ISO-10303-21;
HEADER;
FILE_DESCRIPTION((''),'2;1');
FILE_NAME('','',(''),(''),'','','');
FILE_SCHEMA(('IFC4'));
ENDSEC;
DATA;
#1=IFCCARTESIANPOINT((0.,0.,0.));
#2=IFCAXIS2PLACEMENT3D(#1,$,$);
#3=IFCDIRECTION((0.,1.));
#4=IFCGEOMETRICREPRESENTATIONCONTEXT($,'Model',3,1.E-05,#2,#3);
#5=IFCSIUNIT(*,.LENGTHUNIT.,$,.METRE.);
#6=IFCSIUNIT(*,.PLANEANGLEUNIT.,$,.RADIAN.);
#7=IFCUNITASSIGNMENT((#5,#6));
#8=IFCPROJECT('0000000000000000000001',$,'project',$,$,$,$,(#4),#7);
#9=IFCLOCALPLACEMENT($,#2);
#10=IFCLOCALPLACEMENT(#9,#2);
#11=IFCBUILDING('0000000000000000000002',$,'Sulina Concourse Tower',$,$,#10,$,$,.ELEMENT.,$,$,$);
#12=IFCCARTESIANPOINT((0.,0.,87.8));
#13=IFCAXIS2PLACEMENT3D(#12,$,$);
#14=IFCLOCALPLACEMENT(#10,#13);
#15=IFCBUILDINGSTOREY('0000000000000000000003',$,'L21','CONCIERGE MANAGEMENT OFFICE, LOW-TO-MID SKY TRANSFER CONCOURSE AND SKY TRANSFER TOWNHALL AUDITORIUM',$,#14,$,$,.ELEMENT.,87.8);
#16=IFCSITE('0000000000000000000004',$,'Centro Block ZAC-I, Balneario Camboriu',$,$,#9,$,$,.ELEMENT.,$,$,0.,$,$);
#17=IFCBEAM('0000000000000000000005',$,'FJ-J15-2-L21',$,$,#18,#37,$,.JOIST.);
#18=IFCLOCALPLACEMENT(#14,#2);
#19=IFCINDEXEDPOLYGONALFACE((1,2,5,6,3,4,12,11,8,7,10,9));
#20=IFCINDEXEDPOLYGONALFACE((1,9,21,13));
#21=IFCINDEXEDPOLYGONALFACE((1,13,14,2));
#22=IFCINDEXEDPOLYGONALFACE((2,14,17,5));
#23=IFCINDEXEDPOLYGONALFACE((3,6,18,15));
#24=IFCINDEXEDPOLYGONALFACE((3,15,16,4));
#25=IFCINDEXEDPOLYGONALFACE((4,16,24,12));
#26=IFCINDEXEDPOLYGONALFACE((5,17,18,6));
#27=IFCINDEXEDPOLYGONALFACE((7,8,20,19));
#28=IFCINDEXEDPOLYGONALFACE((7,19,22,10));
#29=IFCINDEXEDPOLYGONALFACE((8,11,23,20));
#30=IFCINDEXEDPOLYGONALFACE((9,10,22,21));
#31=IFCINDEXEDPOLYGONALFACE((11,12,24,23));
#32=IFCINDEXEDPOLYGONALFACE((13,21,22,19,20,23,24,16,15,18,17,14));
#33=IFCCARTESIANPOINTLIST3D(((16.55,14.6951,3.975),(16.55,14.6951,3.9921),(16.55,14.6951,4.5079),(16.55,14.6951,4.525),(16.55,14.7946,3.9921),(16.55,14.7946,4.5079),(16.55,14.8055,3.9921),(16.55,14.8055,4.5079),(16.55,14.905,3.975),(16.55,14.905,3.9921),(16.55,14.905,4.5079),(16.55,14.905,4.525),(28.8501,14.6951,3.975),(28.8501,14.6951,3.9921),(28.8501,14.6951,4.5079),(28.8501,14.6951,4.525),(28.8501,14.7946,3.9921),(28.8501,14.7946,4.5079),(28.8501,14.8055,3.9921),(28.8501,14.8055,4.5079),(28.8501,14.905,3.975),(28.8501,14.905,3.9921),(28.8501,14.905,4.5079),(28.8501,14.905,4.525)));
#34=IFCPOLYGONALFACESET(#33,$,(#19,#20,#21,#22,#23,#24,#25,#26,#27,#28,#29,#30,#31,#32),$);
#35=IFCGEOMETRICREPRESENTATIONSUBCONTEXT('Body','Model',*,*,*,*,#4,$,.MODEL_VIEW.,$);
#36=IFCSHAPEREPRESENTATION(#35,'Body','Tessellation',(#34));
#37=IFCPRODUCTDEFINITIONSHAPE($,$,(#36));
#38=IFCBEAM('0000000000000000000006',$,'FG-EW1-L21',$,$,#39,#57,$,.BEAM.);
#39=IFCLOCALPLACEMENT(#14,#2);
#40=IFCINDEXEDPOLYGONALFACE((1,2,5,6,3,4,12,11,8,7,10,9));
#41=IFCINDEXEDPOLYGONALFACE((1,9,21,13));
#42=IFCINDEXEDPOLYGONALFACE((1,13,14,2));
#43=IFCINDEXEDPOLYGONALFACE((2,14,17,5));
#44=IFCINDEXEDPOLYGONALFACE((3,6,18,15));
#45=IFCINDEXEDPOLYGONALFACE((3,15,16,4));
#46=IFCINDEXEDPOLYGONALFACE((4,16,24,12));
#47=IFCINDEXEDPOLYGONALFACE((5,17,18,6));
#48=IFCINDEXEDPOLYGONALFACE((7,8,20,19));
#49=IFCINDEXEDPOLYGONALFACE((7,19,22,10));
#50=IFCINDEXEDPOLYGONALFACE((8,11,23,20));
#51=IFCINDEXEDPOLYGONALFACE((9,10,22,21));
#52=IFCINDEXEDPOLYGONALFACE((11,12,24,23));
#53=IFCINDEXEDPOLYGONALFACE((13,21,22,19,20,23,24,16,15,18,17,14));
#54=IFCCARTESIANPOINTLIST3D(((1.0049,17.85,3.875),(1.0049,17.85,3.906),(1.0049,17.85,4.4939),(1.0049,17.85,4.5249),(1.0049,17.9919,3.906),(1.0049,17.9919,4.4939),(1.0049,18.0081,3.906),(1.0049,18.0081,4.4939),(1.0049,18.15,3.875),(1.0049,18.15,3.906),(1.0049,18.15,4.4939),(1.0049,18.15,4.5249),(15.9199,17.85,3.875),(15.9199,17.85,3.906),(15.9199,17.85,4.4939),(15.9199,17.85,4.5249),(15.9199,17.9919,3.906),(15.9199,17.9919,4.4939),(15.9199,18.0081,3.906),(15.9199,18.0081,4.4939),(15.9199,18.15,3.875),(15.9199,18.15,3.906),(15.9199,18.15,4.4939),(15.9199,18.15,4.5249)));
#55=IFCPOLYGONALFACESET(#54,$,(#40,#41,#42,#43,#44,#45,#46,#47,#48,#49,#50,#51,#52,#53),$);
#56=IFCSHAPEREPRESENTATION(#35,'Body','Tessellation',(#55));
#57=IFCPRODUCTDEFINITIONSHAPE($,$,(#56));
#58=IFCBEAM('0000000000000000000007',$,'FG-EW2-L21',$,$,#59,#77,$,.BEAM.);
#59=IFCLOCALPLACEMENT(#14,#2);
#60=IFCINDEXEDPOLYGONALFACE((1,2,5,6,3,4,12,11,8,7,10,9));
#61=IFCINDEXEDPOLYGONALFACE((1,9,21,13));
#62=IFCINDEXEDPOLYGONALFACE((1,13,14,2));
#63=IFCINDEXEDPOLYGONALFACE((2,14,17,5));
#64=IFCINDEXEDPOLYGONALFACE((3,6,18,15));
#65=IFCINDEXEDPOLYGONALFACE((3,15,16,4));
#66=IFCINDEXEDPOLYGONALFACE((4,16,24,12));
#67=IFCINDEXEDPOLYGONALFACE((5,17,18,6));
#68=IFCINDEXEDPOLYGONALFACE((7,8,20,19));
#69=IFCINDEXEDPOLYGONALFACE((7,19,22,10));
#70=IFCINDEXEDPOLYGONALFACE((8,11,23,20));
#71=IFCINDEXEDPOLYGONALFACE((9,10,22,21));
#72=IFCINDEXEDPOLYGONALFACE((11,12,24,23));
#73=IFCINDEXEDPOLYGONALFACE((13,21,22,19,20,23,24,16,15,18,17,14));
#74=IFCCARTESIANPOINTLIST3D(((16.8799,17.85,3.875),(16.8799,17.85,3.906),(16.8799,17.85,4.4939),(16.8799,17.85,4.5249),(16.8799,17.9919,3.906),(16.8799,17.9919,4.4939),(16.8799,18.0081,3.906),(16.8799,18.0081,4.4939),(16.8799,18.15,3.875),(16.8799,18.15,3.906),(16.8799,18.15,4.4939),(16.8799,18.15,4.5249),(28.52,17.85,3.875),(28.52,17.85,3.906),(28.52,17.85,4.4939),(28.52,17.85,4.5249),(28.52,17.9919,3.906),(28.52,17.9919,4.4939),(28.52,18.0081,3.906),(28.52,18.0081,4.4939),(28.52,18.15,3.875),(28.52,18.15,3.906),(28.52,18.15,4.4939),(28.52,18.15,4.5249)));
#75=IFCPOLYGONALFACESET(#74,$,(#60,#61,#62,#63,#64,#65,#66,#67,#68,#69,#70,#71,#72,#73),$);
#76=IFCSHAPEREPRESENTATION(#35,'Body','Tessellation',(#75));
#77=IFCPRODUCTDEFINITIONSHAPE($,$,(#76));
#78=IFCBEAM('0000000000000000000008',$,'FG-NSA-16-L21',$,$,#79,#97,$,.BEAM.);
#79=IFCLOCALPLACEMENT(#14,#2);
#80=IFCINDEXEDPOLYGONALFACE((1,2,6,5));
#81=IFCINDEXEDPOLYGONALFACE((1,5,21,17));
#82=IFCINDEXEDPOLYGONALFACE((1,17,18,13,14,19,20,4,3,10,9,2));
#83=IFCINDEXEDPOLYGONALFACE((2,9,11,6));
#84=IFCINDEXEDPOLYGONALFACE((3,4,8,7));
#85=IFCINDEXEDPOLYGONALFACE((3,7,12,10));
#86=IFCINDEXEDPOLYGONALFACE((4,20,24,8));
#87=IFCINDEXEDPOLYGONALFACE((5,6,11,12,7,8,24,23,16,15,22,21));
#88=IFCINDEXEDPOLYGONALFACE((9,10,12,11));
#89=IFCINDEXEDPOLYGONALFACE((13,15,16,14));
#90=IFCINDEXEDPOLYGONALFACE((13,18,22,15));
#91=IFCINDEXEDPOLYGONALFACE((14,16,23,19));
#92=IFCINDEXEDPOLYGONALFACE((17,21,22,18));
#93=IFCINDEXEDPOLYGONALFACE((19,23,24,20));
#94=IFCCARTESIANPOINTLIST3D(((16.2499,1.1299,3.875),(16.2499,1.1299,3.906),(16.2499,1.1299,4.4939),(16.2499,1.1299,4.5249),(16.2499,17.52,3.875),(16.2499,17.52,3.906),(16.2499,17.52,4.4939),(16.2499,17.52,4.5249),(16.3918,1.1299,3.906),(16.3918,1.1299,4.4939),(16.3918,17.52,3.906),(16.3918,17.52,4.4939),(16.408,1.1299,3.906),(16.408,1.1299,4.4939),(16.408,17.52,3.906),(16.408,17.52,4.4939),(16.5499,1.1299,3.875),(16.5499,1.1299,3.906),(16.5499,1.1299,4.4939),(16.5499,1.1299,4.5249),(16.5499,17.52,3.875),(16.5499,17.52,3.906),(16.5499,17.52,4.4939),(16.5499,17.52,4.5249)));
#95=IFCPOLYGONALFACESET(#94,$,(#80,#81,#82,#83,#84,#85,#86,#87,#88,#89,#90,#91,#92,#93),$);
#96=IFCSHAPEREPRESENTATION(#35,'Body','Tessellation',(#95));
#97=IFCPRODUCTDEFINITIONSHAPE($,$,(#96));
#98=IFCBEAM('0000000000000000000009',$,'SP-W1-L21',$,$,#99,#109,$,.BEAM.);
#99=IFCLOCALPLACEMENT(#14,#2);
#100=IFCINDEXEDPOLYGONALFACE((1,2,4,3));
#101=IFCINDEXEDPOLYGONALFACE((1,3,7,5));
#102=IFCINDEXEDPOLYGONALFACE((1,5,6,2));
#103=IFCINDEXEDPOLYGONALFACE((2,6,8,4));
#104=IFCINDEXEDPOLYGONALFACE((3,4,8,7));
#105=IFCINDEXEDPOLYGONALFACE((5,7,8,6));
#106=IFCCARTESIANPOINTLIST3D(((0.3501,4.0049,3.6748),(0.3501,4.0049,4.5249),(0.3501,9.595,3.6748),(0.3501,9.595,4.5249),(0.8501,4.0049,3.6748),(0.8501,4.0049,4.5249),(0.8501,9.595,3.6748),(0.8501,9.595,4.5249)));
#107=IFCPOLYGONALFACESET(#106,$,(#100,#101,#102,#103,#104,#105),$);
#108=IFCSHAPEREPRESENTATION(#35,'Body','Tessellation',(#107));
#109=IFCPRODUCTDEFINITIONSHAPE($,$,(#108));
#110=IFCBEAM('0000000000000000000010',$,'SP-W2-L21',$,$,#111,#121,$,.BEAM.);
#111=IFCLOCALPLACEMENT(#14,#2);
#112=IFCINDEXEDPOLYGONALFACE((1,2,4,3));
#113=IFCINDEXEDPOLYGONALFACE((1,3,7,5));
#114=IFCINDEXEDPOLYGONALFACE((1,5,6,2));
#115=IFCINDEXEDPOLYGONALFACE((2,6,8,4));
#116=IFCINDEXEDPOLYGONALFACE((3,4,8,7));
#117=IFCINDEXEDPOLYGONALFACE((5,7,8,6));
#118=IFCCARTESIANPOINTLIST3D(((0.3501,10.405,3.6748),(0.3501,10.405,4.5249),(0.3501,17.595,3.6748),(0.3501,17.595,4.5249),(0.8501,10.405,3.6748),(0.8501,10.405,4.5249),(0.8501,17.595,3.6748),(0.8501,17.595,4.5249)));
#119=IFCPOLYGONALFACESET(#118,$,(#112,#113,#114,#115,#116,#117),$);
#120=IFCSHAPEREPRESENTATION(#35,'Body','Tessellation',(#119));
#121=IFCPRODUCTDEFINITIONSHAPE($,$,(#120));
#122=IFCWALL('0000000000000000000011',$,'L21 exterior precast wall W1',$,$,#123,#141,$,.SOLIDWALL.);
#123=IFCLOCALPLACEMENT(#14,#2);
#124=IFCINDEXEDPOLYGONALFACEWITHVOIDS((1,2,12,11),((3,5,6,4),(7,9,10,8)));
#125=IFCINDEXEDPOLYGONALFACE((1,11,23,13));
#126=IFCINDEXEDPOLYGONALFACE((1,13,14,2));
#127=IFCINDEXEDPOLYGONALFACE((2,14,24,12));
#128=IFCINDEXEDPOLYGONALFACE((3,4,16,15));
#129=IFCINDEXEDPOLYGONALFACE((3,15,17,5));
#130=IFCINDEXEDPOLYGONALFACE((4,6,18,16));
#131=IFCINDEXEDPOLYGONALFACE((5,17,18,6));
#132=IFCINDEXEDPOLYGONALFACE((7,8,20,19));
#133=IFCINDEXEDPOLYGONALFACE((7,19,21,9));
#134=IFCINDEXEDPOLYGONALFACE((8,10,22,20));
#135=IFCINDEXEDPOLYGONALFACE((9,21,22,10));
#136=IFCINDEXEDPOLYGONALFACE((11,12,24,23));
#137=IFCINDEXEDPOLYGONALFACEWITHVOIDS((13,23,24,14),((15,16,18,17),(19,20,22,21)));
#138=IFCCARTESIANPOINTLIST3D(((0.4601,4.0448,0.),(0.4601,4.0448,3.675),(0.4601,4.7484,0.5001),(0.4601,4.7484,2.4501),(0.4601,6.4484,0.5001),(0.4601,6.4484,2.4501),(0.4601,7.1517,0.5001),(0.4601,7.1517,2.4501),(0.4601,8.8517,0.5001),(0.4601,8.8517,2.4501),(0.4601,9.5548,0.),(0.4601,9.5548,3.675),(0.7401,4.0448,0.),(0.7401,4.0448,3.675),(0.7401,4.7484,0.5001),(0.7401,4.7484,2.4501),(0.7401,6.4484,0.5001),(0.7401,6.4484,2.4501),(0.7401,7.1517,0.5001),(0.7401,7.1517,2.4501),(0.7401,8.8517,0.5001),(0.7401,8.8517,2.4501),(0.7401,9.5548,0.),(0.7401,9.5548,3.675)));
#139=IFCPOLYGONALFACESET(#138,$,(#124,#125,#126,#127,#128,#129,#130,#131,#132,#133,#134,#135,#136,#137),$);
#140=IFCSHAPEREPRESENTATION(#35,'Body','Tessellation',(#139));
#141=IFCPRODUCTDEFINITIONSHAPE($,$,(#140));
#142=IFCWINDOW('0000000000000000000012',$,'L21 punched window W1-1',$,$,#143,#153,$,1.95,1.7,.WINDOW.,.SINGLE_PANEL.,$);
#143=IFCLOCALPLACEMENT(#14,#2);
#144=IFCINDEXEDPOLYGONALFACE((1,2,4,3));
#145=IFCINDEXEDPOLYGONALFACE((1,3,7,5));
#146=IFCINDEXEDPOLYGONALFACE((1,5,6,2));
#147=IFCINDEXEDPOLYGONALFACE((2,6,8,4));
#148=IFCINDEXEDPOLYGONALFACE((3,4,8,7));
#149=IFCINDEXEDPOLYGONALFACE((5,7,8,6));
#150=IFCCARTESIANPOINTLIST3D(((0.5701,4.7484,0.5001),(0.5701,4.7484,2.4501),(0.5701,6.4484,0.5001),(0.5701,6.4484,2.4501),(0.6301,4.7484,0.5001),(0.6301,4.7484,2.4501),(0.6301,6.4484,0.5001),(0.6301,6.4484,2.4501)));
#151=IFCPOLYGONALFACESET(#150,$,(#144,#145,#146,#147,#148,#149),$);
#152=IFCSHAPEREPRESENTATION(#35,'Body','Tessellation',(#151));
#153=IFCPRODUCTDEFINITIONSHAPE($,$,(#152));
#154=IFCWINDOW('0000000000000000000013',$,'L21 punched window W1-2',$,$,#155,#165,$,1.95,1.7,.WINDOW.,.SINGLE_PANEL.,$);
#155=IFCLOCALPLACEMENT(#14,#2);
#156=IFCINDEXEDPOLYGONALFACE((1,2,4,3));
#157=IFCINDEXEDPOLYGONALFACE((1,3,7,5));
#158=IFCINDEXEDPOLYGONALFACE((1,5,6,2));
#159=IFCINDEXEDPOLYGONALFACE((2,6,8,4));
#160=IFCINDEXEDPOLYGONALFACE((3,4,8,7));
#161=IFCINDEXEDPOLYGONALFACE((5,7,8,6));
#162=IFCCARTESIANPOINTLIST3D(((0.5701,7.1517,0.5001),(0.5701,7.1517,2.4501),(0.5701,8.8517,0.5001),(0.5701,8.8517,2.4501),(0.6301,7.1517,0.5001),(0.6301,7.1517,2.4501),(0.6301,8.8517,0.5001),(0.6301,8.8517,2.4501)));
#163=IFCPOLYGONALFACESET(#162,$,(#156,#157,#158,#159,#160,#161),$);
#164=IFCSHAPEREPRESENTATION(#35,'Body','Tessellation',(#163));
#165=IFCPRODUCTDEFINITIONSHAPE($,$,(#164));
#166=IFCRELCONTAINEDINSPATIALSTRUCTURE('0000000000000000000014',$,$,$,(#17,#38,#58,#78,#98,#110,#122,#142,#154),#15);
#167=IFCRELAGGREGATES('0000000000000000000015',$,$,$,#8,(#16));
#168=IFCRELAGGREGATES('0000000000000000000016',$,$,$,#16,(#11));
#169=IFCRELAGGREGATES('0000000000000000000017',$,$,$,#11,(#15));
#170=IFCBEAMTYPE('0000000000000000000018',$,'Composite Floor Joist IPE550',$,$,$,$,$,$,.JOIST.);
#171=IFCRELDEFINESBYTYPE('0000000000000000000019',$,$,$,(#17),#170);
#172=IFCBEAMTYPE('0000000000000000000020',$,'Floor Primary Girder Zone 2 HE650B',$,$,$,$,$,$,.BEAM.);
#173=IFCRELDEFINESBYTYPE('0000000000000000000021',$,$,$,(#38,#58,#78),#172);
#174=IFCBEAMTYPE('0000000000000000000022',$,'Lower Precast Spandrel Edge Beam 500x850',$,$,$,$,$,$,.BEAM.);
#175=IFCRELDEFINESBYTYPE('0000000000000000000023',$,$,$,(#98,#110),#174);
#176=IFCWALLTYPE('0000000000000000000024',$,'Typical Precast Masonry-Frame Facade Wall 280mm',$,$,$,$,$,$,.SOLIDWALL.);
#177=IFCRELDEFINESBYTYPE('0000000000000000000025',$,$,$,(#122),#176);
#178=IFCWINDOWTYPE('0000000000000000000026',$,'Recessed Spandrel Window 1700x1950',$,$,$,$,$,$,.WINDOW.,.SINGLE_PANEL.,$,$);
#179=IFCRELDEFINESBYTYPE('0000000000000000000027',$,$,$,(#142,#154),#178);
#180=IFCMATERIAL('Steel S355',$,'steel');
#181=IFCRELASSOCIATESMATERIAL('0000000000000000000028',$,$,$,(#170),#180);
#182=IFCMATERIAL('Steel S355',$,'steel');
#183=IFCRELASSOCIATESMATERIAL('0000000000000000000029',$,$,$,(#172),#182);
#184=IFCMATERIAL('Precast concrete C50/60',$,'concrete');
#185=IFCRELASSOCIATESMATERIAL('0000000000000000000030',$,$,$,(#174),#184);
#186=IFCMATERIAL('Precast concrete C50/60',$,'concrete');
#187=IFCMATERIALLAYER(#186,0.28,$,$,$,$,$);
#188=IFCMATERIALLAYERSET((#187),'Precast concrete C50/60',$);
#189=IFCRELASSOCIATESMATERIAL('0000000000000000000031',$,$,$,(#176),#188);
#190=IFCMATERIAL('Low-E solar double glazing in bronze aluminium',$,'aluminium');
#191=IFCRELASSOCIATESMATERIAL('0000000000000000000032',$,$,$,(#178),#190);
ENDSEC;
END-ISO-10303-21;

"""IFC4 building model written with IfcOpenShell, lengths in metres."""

from ifc_helpers import new_model, si_unit, direction, frame, frame_2d, origin, origin_2d, place, context, subcontext, project, spatial, rectangle, i_section, extrude, material, layer, layer_set, material_profile, profile_set, type_object, element, fill, save


model = new_model("IFC4")

# Units and contexts
model_context = context("Model", 3, precision=1e-05, world=origin(), true_north=direction((0.0, 1.0)))
body_context = subcontext(model_context, "Body", "Model", "MODEL_VIEW")
ifc_project = project(units=[si_unit("LENGTHUNIT", "METRE"), si_unit("PLANEANGLEUNIT", "RADIAN")], contexts=[model_context])

# Site, building, storey
site_placement = place(None, origin())
site = spatial("IfcSite", under=ifc_project, at=site_placement, Name="Centro Block ZAC-I, Balneario Camboriu", CompositionType="ELEMENT", RefElevation=0.0)
building_placement = place(site_placement, origin())
building = spatial("IfcBuilding", under=site, at=building_placement, Name="Sulina Concourse Tower", CompositionType="ELEMENT")
storey_placement = place(building_placement, frame((0.0, 0.0, 87.8)))
storey = spatial("IfcBuildingStorey", under=building, at=storey_placement, Name="L21", Description="CONCIERGE MANAGEMENT OFFICE, LOW-TO-MID SKY TRANSFER CONCOURSE AND SKY TRANSFER TOWNHALL AUDITORIUM", CompositionType="ELEMENT", Elevation=87.8)

# Beams
ifc_material_1 = material(Name="Steel S355", Category="steel")
ifc_material_profile_1 = material_profile(ifc_material_1, i_section(OverallWidth=0.21, OverallDepth=0.55, WebThickness=0.011, FlangeThickness=0.0171, at=origin_2d()), Name="IPE 550")
ifc_profile_set_1 = profile_set([ifc_material_profile_1], Name="Steel S355")
beam_type_1 = type_object("IfcBeamType", Name="Composite Floor Joist IPE550", PredefinedType="JOIST", material=ifc_profile_set_1)
beam_1_placement = place(storey_placement, frame((16.55, 14.8, 4.25), z_axis=(1.0, 0.0, 0.0), x_axis=(0.0, 1.0, 0.0)))
element("IfcBeam", 1, at=beam_1_placement, inside=storey, type_object=beam_type_1, Name="FJ-J15-2-L21", PredefinedType="JOIST", context=body_context, shape_type="SweptSolid", body=[
    extrude(i_section(OverallWidth=0.21, OverallDepth=0.55, WebThickness=0.011, FlangeThickness=0.0171, at=origin_2d()), origin(), (0.0, 0.0, 1.0), 12.3),
])
ifc_material_2 = material(Name="Steel S355", Category="steel")
ifc_material_profile_2 = material_profile(ifc_material_2, i_section(OverallWidth=0.3, OverallDepth=0.6499, WebThickness=0.0161, FlangeThickness=0.031, at=origin_2d()), Name="HE 650 B")
ifc_profile_set_2 = profile_set([ifc_material_profile_2], Name="Steel S355")
beam_type_2 = type_object("IfcBeamType", Name="Floor Primary Girder Zone 2 HE650B", PredefinedType="BEAM", material=ifc_profile_set_2)
beam_2_placement = place(storey_placement, frame((1.0049, 18.0, 4.2), z_axis=(1.0, 0.0, 0.0), x_axis=(0.0, 1.0, 0.0)))
element("IfcBeam", 2, at=beam_2_placement, inside=storey, type_object=beam_type_2, Name="FG-EW1-L21", PredefinedType="BEAM", context=body_context, shape_type="SweptSolid", body=[
    extrude(i_section(OverallWidth=0.3, OverallDepth=0.6499, WebThickness=0.0161, FlangeThickness=0.031, at=origin_2d()), origin(), (0.0, 0.0, 1.0), 14.915),
])
beam_3_placement = place(storey_placement, frame((16.8799, 18.0, 4.2), z_axis=(1.0, 0.0, 0.0), x_axis=(0.0, 1.0, 0.0)))
element("IfcBeam", 3, at=beam_3_placement, inside=storey, type_object=beam_type_2, Name="FG-EW2-L21", PredefinedType="BEAM", context=body_context, shape_type="SweptSolid", body=[
    extrude(i_section(OverallWidth=0.3, OverallDepth=0.6499, WebThickness=0.0161, FlangeThickness=0.031, at=origin_2d()), origin(), (0.0, 0.0, 1.0), 11.6401),
])
beam_4_placement = place(storey_placement, frame((16.3999, 1.1299, 4.2), z_axis=(0.0, 1.0, 0.0), x_axis=(-1.0, 0.0, 0.0)))
element("IfcBeam", 4, at=beam_4_placement, inside=storey, type_object=beam_type_2, Name="FG-NSA-16-L21", PredefinedType="BEAM", context=body_context, shape_type="SweptSolid", body=[
    extrude(i_section(OverallWidth=0.3, OverallDepth=0.6499, WebThickness=0.0161, FlangeThickness=0.031, at=origin_2d()), origin(), (0.0, 0.0, 1.0), 16.3901),
])
ifc_material_3 = material(Name="Precast concrete C50/60", Category="concrete")
ifc_material_profile_3 = material_profile(ifc_material_3, rectangle(XDim=0.5, YDim=0.8501, at=origin_2d()), Name="RC 500x850")
ifc_profile_set_3 = profile_set([ifc_material_profile_3], Name="Precast concrete C50/60")
beam_type_3 = type_object("IfcBeamType", Name="Lower Precast Spandrel Edge Beam 500x850", PredefinedType="BEAM", material=ifc_profile_set_3)
beam_5_placement = place(storey_placement, frame((0.6001, 4.0049, 4.0999), z_axis=(0.0, 1.0, 0.0), x_axis=(-1.0, 0.0, 0.0)))
element("IfcBeam", 5, at=beam_5_placement, inside=storey, type_object=beam_type_3, Name="SP-W1-L21", PredefinedType="BEAM", context=body_context, shape_type="SweptSolid", body=[
    extrude(rectangle(XDim=0.5, YDim=0.8501, at=origin_2d()), origin(), (0.0, 0.0, 1.0), 5.5901),
])
beam_6_placement = place(storey_placement, frame((0.6001, 10.405, 4.0999), z_axis=(0.0, 1.0, 0.0), x_axis=(-1.0, 0.0, 0.0)))
element("IfcBeam", 6, at=beam_6_placement, inside=storey, type_object=beam_type_3, Name="SP-W2-L21", PredefinedType="BEAM", context=body_context, shape_type="SweptSolid", body=[
    extrude(rectangle(XDim=0.5, YDim=0.8501, at=origin_2d()), origin(), (0.0, 0.0, 1.0), 7.1899),
])

# Wall, openings, windows
ifc_material_4 = material(Name="Precast concrete C50/60", Category="concrete")
ifc_layer = layer(ifc_material_4, 0.28)
ifc_layer_set = layer_set([ifc_layer], Name="Precast concrete C50/60")
wall_type = type_object("IfcWallType", Name="Typical Precast Masonry-Frame Facade Wall 280mm", PredefinedType="SOLIDWALL", material=ifc_layer_set)
wall_1_placement = place(storey_placement, frame((0.6001, 4.0449, 0.0), z_axis=(0.0, 0.0, 1.0), x_axis=(0.0, 1.0, 0.0)))
wall_1 = element("IfcWall", 7, at=wall_1_placement, inside=storey, type_object=wall_type, Name="L21 exterior precast wall W1", PredefinedType="SOLIDWALL", context=body_context, shape_type="SweptSolid", body=[
    extrude(rectangle(XDim=5.51, YDim=0.28, at=frame_2d((2.7549, 0.0))), origin(), (0.0, 0.0, 1.0), 3.675),
])
opening_1_placement = place(wall_1_placement, frame((0.7034, 0.0, 0.5)))
opening_1 = element("IfcOpeningElement", 8, at=opening_1_placement, cuts=wall_1, PredefinedType="OPENING", context=body_context, shape_type="SweptSolid", body=[
    extrude(rectangle(XDim=1.7, YDim=1.95, at=frame_2d((0.8501, 0.9751))), frame((0.0, 0.1499, 0.0), z_axis=(0.0, -1.0, 0.0), x_axis=(1.0, 0.0, 0.0)), (0.0, 0.0, 1.0), 0.3),
])
opening_2_placement = place(wall_1_placement, frame((3.1067, 0.0, 0.5)))
opening_2 = element("IfcOpeningElement", 9, at=opening_2_placement, cuts=wall_1, PredefinedType="OPENING", context=body_context, shape_type="SweptSolid", body=[
    extrude(rectangle(XDim=1.7, YDim=1.95, at=frame_2d((0.8501, 0.9751))), frame((0.0, 0.1499, 0.0), z_axis=(0.0, -1.0, 0.0), x_axis=(1.0, 0.0, 0.0)), (0.0, 0.0, 1.0), 0.3),
])
ifc_material_5 = material(Name="Low-E solar double glazing in bronze aluminium", Category="aluminium")
window_type = type_object("IfcWindowType", Name="Recessed Spandrel Window 1700x1950", PartitioningType="SINGLE_PANEL", PredefinedType="WINDOW", material=ifc_material_5)
window_1_placement = place(opening_1_placement, origin())
window_1 = element("IfcWindow", 10, at=window_1_placement, inside=storey, type_object=window_type, Name="L21 punched window W1-1", OverallHeight=1.95, OverallWidth=1.7, PartitioningType="SINGLE_PANEL", PredefinedType="WINDOW", context=body_context, shape_type="SweptSolid", body=[
    extrude(rectangle(XDim=1.7, YDim=1.95, at=frame_2d((0.8501, 0.9751))), frame((0.0, 0.03, 0.0), z_axis=(0.0, -1.0, 0.0), x_axis=(1.0, 0.0, 0.0)), (0.0, 0.0, 1.0), 0.0601),
])
fill(opening_1, window_1)
window_2_placement = place(opening_2_placement, origin())
window_2 = element("IfcWindow", 11, at=window_2_placement, inside=storey, type_object=window_type, Name="L21 punched window W1-2", OverallHeight=1.95, OverallWidth=1.7, PartitioningType="SINGLE_PANEL", PredefinedType="WINDOW", context=body_context, shape_type="SweptSolid", body=[
    extrude(rectangle(XDim=1.7, YDim=1.95, at=frame_2d((0.8501, 0.9751))), frame((0.0, 0.03, 0.0), z_axis=(0.0, -1.0, 0.0), x_axis=(1.0, 0.0, 0.0)), (0.0, 0.0, 1.0), 0.0601),
])
fill(opening_2, window_2)

save(model, "model.ifc")
